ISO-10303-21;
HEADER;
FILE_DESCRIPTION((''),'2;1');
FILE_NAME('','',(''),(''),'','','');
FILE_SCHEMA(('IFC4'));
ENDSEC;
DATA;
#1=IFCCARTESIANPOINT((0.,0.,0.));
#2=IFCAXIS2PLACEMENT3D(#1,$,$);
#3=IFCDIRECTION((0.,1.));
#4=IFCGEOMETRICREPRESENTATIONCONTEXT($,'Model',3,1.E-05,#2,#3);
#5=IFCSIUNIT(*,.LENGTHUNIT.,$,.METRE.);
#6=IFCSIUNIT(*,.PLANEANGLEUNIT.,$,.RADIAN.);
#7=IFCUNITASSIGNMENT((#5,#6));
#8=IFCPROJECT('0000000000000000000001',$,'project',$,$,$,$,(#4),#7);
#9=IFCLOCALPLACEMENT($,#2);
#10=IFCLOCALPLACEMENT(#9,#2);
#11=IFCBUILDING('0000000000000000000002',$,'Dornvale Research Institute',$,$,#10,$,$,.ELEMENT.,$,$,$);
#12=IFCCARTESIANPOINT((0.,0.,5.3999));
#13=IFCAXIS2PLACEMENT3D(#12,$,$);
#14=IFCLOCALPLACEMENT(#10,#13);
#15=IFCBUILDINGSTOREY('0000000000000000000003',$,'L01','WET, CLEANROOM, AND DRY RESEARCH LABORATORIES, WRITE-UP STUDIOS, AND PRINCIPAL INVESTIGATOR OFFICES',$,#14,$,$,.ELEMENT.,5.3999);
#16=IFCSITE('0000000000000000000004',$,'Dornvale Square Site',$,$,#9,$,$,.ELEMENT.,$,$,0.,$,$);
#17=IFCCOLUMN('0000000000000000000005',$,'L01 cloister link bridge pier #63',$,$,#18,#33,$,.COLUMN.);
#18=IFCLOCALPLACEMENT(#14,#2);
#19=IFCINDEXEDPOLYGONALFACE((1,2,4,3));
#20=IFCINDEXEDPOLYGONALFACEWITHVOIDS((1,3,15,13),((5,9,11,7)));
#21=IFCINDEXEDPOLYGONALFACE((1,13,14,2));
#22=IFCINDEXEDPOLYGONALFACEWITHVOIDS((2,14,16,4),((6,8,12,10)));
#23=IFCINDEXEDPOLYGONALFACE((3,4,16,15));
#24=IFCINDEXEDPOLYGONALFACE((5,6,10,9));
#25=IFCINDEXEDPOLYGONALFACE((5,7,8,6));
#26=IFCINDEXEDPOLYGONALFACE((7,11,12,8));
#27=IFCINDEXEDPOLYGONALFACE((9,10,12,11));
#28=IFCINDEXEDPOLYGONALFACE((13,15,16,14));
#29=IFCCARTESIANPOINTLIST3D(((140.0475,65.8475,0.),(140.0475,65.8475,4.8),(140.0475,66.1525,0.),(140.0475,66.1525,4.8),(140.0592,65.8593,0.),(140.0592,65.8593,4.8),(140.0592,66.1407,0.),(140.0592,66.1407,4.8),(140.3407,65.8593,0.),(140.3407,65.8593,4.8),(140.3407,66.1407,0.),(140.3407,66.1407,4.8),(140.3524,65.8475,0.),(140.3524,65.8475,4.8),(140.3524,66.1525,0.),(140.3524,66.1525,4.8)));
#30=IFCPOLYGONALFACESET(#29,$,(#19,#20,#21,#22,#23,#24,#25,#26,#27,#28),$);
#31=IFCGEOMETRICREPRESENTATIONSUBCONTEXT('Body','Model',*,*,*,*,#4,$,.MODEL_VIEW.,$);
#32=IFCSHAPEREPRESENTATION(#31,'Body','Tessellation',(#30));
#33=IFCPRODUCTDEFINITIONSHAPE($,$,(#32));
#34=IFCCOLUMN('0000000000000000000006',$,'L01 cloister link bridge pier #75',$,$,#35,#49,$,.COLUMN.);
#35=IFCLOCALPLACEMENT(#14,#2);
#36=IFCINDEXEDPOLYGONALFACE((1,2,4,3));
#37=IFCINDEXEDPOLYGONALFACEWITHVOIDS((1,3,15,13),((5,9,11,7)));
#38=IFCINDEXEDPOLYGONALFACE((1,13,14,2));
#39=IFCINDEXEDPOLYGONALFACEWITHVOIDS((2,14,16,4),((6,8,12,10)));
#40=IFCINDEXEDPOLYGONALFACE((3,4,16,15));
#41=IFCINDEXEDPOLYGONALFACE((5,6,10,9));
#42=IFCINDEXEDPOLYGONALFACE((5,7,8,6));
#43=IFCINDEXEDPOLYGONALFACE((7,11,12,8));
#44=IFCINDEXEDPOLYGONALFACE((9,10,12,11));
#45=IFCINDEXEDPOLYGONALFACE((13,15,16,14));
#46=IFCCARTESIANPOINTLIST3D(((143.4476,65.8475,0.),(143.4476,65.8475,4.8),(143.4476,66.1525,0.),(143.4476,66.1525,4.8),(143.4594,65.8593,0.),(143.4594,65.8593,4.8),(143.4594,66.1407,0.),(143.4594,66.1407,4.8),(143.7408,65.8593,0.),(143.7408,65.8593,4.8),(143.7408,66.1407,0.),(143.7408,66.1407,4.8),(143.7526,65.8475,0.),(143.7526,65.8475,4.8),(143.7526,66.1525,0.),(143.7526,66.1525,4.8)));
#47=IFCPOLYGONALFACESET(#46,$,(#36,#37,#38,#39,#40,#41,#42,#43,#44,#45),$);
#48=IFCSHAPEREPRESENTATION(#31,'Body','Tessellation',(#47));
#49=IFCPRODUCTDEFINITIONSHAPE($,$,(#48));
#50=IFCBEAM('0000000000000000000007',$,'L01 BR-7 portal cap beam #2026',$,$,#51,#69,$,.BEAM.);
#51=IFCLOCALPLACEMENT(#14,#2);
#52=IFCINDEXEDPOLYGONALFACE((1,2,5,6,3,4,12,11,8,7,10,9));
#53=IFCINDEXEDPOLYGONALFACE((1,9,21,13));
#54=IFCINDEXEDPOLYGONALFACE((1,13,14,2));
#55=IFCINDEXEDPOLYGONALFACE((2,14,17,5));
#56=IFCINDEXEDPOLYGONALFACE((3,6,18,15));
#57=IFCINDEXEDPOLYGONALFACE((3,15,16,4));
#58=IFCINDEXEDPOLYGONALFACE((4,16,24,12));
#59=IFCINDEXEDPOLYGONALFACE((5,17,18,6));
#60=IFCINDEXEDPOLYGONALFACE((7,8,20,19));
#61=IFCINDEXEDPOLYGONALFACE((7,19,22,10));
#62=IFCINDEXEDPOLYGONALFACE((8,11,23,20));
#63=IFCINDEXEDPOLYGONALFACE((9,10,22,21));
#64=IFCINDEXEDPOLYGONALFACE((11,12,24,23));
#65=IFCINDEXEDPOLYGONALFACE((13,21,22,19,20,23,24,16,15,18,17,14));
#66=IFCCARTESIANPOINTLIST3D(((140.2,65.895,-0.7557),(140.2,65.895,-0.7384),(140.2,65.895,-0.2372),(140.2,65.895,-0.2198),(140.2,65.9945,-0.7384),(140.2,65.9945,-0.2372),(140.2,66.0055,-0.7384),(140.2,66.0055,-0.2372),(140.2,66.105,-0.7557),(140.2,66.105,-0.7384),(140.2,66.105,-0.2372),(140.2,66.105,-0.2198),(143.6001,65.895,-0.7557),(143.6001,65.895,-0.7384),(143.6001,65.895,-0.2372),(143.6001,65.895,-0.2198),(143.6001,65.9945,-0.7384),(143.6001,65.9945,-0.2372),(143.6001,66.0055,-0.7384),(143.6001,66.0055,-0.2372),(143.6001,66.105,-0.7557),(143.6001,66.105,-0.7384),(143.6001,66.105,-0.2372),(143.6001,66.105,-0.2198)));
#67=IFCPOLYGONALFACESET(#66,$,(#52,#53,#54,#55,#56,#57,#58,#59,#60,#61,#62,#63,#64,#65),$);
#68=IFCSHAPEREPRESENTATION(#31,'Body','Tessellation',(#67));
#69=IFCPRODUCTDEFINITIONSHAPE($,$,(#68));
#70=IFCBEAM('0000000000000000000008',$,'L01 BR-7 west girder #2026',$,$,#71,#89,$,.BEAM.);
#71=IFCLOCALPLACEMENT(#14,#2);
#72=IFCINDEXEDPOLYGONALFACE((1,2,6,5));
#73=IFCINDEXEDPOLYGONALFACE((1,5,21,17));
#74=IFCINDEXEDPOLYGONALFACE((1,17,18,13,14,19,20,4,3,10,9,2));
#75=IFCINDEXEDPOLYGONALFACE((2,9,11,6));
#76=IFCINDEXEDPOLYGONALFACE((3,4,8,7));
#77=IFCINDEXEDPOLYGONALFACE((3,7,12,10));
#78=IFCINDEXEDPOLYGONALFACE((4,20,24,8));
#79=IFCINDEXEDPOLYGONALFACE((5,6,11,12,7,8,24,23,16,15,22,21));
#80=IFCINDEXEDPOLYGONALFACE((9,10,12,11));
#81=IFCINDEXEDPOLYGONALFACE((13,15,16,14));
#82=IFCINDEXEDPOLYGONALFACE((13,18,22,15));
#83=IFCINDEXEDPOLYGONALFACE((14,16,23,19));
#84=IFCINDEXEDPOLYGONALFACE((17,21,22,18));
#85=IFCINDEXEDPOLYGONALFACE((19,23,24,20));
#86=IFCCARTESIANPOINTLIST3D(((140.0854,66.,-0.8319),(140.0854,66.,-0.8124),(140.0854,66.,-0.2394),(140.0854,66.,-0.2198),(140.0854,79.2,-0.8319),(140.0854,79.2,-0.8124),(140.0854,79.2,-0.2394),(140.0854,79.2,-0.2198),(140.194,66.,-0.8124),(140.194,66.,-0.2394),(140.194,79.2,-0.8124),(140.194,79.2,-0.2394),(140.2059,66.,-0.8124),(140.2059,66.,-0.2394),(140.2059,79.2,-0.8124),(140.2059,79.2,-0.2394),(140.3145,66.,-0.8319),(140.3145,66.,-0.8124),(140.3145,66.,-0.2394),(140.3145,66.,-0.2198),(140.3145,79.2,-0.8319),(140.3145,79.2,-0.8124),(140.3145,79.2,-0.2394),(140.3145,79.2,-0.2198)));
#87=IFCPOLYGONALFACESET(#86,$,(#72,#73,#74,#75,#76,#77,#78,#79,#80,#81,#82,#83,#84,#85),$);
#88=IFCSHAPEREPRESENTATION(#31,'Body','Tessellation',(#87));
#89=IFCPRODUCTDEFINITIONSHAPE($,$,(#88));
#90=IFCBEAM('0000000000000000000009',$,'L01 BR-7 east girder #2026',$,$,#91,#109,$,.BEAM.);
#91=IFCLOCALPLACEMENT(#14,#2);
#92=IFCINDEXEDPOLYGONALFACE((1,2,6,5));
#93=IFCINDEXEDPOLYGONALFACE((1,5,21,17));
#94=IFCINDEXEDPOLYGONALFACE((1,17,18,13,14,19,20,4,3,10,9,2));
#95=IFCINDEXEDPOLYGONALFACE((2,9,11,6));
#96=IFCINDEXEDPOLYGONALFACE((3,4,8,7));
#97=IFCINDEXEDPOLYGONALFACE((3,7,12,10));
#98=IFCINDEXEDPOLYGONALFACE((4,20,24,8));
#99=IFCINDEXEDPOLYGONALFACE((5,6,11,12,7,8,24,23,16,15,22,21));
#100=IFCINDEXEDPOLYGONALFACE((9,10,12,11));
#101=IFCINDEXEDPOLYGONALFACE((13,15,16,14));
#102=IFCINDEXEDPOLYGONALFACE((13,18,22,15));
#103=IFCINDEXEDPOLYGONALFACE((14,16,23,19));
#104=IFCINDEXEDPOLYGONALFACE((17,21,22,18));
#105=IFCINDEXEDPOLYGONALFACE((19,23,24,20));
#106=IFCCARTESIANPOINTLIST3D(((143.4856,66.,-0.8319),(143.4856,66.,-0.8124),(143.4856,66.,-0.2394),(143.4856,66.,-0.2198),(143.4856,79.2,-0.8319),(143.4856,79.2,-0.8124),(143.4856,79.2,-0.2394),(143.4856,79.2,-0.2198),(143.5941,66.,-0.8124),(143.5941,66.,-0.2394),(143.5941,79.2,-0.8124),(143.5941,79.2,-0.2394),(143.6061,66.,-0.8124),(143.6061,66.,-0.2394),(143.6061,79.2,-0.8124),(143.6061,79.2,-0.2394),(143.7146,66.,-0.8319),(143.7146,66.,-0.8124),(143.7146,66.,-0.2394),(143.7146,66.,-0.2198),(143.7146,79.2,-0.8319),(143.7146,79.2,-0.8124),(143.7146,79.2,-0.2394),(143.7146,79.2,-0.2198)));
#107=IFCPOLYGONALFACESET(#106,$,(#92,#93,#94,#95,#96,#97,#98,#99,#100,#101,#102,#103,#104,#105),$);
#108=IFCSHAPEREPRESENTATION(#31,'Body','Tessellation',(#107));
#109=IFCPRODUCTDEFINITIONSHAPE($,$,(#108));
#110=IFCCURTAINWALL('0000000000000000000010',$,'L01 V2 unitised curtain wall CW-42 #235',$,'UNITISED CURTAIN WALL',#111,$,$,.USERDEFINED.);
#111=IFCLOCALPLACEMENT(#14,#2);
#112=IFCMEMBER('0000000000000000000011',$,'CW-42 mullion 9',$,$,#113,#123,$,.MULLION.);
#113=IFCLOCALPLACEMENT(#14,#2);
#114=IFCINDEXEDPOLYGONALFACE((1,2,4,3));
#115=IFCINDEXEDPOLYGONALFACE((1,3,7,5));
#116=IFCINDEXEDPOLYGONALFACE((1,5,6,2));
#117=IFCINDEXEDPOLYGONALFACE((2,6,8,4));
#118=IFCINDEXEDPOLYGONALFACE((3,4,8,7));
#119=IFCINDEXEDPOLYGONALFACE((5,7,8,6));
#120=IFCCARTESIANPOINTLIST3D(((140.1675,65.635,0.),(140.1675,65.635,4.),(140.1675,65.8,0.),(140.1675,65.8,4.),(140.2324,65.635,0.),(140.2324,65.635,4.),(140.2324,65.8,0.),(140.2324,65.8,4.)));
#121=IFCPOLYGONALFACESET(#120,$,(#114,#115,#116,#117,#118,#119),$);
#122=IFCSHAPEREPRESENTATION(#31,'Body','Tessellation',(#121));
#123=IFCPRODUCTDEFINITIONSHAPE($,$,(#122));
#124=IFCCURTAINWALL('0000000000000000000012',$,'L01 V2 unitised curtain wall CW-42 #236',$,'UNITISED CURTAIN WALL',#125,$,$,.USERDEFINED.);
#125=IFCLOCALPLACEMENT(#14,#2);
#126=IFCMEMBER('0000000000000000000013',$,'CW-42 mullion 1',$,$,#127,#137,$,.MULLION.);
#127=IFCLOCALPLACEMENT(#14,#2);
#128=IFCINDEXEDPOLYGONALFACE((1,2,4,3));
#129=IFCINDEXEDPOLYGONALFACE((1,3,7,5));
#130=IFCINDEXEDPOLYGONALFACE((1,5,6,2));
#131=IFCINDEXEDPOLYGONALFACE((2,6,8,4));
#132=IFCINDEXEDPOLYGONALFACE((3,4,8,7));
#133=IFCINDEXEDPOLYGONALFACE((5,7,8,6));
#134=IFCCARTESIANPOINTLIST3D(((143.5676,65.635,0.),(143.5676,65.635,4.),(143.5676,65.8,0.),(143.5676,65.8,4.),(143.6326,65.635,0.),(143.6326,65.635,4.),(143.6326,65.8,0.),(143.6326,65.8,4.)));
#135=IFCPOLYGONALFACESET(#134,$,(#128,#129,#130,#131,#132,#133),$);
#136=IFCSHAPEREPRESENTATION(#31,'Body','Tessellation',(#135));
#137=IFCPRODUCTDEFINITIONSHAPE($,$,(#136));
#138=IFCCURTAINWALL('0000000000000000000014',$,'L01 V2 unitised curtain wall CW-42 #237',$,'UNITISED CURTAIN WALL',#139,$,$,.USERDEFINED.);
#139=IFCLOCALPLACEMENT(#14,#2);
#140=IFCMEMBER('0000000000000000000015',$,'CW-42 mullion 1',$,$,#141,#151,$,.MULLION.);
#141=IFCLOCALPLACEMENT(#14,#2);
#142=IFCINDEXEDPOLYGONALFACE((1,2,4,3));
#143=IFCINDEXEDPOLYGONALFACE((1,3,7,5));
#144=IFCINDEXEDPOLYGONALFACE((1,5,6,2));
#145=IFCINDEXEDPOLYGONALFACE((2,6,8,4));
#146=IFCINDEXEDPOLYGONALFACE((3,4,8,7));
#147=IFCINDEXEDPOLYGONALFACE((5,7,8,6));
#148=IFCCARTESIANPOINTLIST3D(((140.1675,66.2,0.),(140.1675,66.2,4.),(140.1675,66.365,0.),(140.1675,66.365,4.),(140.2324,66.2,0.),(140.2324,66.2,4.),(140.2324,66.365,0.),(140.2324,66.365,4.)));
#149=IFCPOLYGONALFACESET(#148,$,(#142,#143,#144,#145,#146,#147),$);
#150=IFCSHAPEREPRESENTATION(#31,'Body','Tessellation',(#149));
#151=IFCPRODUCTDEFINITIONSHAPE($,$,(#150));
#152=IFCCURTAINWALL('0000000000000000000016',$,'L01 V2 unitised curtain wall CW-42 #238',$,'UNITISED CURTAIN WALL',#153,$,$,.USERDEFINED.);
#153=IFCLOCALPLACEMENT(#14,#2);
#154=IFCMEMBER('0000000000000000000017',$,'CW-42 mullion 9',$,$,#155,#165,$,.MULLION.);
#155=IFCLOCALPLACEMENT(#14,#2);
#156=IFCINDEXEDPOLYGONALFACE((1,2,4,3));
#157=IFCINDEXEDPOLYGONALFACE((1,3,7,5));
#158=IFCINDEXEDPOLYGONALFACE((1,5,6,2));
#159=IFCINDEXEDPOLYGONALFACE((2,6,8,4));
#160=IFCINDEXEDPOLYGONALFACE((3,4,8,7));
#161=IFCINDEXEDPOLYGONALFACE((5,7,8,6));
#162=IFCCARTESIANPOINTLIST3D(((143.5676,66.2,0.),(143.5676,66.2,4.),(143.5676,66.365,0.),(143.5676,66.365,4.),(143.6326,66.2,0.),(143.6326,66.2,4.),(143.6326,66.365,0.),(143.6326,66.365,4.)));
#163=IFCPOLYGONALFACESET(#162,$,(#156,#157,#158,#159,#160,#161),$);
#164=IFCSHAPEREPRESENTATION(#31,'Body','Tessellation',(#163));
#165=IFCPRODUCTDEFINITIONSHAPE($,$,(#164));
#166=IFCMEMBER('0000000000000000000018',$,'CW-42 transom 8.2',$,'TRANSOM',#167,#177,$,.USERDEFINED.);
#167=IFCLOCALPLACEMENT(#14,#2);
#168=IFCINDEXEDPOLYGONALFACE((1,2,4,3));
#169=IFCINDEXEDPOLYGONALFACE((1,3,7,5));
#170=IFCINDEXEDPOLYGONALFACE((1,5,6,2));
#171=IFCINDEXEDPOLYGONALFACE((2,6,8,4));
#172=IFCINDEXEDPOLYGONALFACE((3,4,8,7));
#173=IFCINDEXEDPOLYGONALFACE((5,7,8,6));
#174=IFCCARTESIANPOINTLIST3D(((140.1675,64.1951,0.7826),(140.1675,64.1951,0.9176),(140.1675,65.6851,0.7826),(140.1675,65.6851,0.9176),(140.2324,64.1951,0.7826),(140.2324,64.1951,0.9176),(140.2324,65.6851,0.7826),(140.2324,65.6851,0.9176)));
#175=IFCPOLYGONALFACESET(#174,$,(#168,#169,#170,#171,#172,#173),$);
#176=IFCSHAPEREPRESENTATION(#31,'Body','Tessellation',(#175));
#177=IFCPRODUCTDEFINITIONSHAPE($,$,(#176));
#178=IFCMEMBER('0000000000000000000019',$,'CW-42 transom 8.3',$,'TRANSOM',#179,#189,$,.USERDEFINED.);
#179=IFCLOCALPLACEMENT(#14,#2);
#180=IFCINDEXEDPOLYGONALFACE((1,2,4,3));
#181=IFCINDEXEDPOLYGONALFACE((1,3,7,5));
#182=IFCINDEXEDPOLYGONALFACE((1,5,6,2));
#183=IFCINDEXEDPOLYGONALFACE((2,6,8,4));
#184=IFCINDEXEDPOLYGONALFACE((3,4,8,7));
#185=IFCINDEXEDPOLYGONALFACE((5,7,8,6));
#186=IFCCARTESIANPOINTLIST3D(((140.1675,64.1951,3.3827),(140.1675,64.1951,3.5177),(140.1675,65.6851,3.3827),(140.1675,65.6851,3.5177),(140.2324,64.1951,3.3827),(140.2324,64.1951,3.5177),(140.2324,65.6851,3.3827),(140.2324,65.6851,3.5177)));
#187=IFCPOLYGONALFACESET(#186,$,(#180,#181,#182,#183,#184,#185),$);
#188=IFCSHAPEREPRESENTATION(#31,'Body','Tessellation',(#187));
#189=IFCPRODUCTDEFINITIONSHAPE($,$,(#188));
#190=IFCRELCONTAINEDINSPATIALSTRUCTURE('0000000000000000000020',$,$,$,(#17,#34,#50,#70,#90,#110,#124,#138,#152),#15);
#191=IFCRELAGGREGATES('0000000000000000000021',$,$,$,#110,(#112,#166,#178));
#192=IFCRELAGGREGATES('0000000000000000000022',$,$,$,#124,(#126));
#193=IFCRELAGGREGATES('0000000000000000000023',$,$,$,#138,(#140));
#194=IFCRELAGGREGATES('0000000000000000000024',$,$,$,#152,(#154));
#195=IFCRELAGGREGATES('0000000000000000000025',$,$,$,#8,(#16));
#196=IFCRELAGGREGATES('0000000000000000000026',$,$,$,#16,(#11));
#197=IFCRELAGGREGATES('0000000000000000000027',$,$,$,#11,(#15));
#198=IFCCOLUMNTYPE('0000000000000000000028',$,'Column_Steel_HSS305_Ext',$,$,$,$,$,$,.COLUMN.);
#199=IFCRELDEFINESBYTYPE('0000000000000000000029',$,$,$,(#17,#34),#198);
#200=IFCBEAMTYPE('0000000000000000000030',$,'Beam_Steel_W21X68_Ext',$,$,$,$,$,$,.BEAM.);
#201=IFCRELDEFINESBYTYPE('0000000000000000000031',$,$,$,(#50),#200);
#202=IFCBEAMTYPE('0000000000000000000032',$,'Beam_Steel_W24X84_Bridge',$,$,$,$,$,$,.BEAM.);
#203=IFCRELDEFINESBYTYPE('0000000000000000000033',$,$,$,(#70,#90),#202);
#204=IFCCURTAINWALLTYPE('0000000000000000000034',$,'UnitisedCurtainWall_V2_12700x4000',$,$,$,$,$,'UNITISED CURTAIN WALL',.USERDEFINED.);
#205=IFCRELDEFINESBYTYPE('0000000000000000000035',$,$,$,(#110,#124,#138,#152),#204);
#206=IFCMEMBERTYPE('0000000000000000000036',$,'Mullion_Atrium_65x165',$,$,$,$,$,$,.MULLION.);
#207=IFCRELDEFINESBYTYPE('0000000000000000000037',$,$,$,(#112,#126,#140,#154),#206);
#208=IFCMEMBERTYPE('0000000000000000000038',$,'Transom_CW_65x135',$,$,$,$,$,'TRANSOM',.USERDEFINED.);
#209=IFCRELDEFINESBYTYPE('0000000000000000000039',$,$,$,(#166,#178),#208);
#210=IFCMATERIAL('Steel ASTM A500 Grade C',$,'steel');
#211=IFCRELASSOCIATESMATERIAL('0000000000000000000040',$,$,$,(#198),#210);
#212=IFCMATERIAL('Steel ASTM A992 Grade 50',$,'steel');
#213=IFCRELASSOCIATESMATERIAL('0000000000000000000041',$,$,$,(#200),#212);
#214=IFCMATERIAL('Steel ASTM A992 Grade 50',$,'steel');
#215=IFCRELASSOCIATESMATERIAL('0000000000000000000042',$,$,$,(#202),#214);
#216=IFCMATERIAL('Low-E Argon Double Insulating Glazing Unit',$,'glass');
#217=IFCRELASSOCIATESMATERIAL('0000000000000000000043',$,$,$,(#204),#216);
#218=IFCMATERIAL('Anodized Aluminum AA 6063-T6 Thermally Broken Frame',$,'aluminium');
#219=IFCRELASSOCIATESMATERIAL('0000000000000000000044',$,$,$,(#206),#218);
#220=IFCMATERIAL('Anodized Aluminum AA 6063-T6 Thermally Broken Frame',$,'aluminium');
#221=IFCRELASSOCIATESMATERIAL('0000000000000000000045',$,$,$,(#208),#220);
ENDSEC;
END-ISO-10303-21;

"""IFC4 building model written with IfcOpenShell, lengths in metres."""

from ifc_helpers import new_model, si_unit, direction, frame, origin, origin_2d, place, context, subcontext, project, spatial, rectangle, hollow_rectangle, i_section, extrude, material, material_profile, profile_set, type_object, element, aggregate, save


model = new_model("IFC4")

# Units and contexts
model_context = context("Model", 3, precision=1e-05, world=origin(), true_north=direction((0.0, 1.0)))
body_context = subcontext(model_context, "Body", "Model", "MODEL_VIEW")
ifc_project = project(units=[si_unit("LENGTHUNIT", "METRE"), si_unit("PLANEANGLEUNIT", "RADIAN")], contexts=[model_context])

# Site, building, storey
site_placement = place(None, origin())
site = spatial("IfcSite", under=ifc_project, at=site_placement, Name="Dornvale Square Site", CompositionType="ELEMENT", RefElevation=0.0)
building_placement = place(site_placement, origin())
building = spatial("IfcBuilding", under=site, at=building_placement, Name="Dornvale Research Institute", CompositionType="ELEMENT")
storey_placement = place(building_placement, frame((0.0, 0.0, 5.3999)))
storey = spatial("IfcBuildingStorey", under=building, at=storey_placement, Name="L01", Description="WET, CLEANROOM, AND DRY RESEARCH LABORATORIES, WRITE-UP STUDIOS, AND PRINCIPAL INVESTIGATOR OFFICES", CompositionType="ELEMENT", Elevation=5.3999)

# Columns
ifc_material_1 = material(Name="Steel ASTM A500 Grade C", Category="steel")
ifc_material_profile_1 = material_profile(ifc_material_1, hollow_rectangle(XDim=0.3049, YDim=0.3049, WallThickness=0.0117, at=origin_2d()), Name="HSS305X305X12.7")
ifc_profile_set_1 = profile_set([ifc_material_profile_1], Name="Steel ASTM A500 Grade C")
column_type = type_object("IfcColumnType", Name="Column_Steel_HSS305_Ext", PredefinedType="COLUMN", material=ifc_profile_set_1)
for number, where, z_axis, x_axis, name in (
    (1, (140.2, 66.0, 0.0), (0.0, 0.0, 1.0), (1.0, 0.0, 0.0), "L01 cloister link bridge pier #63"),
    (2, (143.6001, 66.0, 0.0), (0.0, 0.0, 1.0), (1.0, 0.0, 0.0), "L01 cloister link bridge pier #75"),
):
    element("IfcColumn", number, at=place(storey_placement, frame(where, z_axis=z_axis, x_axis=x_axis)), inside=storey, type_object=column_type, Name=name, PredefinedType="COLUMN", context=body_context, shape_type="SweptSolid", body=[
        extrude(hollow_rectangle(XDim=0.3049, YDim=0.3049, WallThickness=0.0117, at=origin_2d()), origin(), (0.0, 0.0, 1.0), 4.8),
    ])

# Beams
ifc_material_2 = material(Name="Steel ASTM A992 Grade 50", Category="steel")
ifc_material_profile_2 = material_profile(ifc_material_2, i_section(OverallWidth=0.21, OverallDepth=0.5359, WebThickness=0.011, FlangeThickness=0.0173, at=origin_2d()), Name="W21X68")
ifc_profile_set_2 = profile_set([ifc_material_profile_2], Name="Steel ASTM A992 Grade 50")
beam_type_1 = type_object("IfcBeamType", Name="Beam_Steel_W21X68_Ext", PredefinedType="BEAM", material=ifc_profile_set_2)
beam_placement = place(storey_placement, frame((140.2, 66.0, -0.4878), z_axis=(1.0, 0.0, 0.0), x_axis=(0.0, 1.0, 0.0)))
element("IfcBeam", 3, at=beam_placement, inside=storey, type_object=beam_type_1, Name="L01 BR-7 portal cap beam #2026", PredefinedType="BEAM", context=body_context, shape_type="SweptSolid", body=[
    extrude(i_section(OverallWidth=0.21, OverallDepth=0.5359, WebThickness=0.011, FlangeThickness=0.0173, at=origin_2d()), origin(), (0.0, 0.0, 1.0), 3.4001),
])
ifc_material_3 = material(Name="Steel ASTM A992 Grade 50", Category="steel")
ifc_material_profile_3 = material_profile(ifc_material_3, i_section(OverallWidth=0.229, OverallDepth=0.6121, WebThickness=0.012, FlangeThickness=0.0195, at=origin_2d()), Name="W24X84")
ifc_profile_set_3 = profile_set([ifc_material_profile_3], Name="Steel ASTM A992 Grade 50")
beam_type_2 = type_object("IfcBeamType", Name="Beam_Steel_W24X84_Bridge", PredefinedType="BEAM", material=ifc_profile_set_3)
for number, where, z_axis, x_axis, name in (
    (4, (140.2, 66.0, -0.5259), (0.0, 1.0, 0.0), (-1.0, 0.0, 0.0), "L01 BR-7 west girder #2026"),
    (5, (143.6001, 66.0, -0.5259), (0.0, 1.0, 0.0), (-1.0, 0.0, 0.0), "L01 BR-7 east girder #2026"),
):
    element("IfcBeam", number, at=place(storey_placement, frame(where, z_axis=z_axis, x_axis=x_axis)), inside=storey, type_object=beam_type_2, Name=name, PredefinedType="BEAM", context=body_context, shape_type="SweptSolid", body=[
        extrude(i_section(OverallWidth=0.229, OverallDepth=0.6121, WebThickness=0.012, FlangeThickness=0.0195, at=origin_2d()), origin(), (0.0, 0.0, 1.0), 13.2),
    ])

# Curtain walls, members
ifc_material_4 = material(Name="Low-E Argon Double Insulating Glazing Unit", Category="glass")
curtain_wall_type = type_object("IfcCurtainWallType", Name="UnitisedCurtainWall_V2_12700x4000", ElementType="UNITISED CURTAIN WALL", PredefinedType="USERDEFINED", material=ifc_material_4)
curtain_wall_1_placement = place(storey_placement, origin())
curtain_wall_1 = element("IfcCurtainWall", 6, at=curtain_wall_1_placement, inside=storey, type_object=curtain_wall_type, Name="L01 V2 unitised curtain wall CW-42 #235", ObjectType="UNITISED CURTAIN WALL", PredefinedType="USERDEFINED")
ifc_material_5 = material(Name="Anodized Aluminum AA 6063-T6 Thermally Broken Frame", Category="aluminium")
ifc_material_profile_4 = material_profile(ifc_material_5, rectangle(XDim=0.0649, YDim=0.165, at=origin_2d()), Name="ALU MULLION 65x165")
ifc_profile_set_4 = profile_set([ifc_material_profile_4], Name="Anodized Aluminum AA 6063-T6 Thermally Broken Frame")
member_type_1 = type_object("IfcMemberType", Name="Mullion_Atrium_65x165", PredefinedType="MULLION", material=ifc_profile_set_4)
member_1_placement = place(storey_placement, frame((140.2, 65.7175, 0.0), z_axis=(0.0, 0.0, 1.0), x_axis=(-1.0, 0.0, 0.0)))
member_1 = element("IfcMember", 7, at=member_1_placement, type_object=member_type_1, Name="CW-42 mullion 9", PredefinedType="MULLION", context=body_context, shape_type="SweptSolid", body=[
    extrude(rectangle(XDim=0.0649, YDim=0.165, at=origin_2d()), origin(), (0.0, 0.0, 1.0), 4.0),
])
curtain_wall_2_placement = place(storey_placement, origin())
curtain_wall_2 = element("IfcCurtainWall", 8, at=curtain_wall_2_placement, inside=storey, type_object=curtain_wall_type, Name="L01 V2 unitised curtain wall CW-42 #236", ObjectType="UNITISED CURTAIN WALL", PredefinedType="USERDEFINED")
member_2_placement = place(storey_placement, frame((143.6001, 65.7175, 0.0), z_axis=(0.0, 0.0, 1.0), x_axis=(1.0, 0.0, 0.0)))
member_2 = element("IfcMember", 9, at=member_2_placement, type_object=member_type_1, Name="CW-42 mullion 1", PredefinedType="MULLION", context=body_context, shape_type="SweptSolid", body=[
    extrude(rectangle(XDim=0.0649, YDim=0.165, at=origin_2d()), origin(), (0.0, 0.0, 1.0), 4.0),
])
curtain_wall_3_placement = place(storey_placement, origin())
curtain_wall_3 = element("IfcCurtainWall", 10, at=curtain_wall_3_placement, inside=storey, type_object=curtain_wall_type, Name="L01 V2 unitised curtain wall CW-42 #237", ObjectType="UNITISED CURTAIN WALL", PredefinedType="USERDEFINED")
member_3_placement = place(storey_placement, frame((140.2, 66.2825, 0.0), z_axis=(0.0, 0.0, 1.0), x_axis=(-1.0, 0.0, 0.0)))
member_3 = element("IfcMember", 11, at=member_3_placement, type_object=member_type_1, Name="CW-42 mullion 1", PredefinedType="MULLION", context=body_context, shape_type="SweptSolid", body=[
    extrude(rectangle(XDim=0.0649, YDim=0.165, at=origin_2d()), origin(), (0.0, 0.0, 1.0), 4.0),
])
curtain_wall_4_placement = place(storey_placement, origin())
curtain_wall_4 = element("IfcCurtainWall", 12, at=curtain_wall_4_placement, inside=storey, type_object=curtain_wall_type, Name="L01 V2 unitised curtain wall CW-42 #238", ObjectType="UNITISED CURTAIN WALL", PredefinedType="USERDEFINED")
member_4_placement = place(storey_placement, frame((143.6001, 66.2825, 0.0), z_axis=(0.0, 0.0, 1.0), x_axis=(1.0, 0.0, 0.0)))
member_4 = element("IfcMember", 13, at=member_4_placement, type_object=member_type_1, Name="CW-42 mullion 9", PredefinedType="MULLION", context=body_context, shape_type="SweptSolid", body=[
    extrude(rectangle(XDim=0.0649, YDim=0.165, at=origin_2d()), origin(), (0.0, 0.0, 1.0), 4.0),
])

# Members
ifc_material_6 = material(Name="Anodized Aluminum AA 6063-T6 Thermally Broken Frame", Category="aluminium")
ifc_material_profile_5 = material_profile(ifc_material_6, rectangle(XDim=0.0649, YDim=0.135, at=origin_2d()), Name="ALU TRANSOM 65x135")
ifc_profile_set_5 = profile_set([ifc_material_profile_5], Name="Anodized Aluminum AA 6063-T6 Thermally Broken Frame")
member_type_2 = type_object("IfcMemberType", Name="Transom_CW_65x135", ElementType="TRANSOM", PredefinedType="USERDEFINED", material=ifc_profile_set_5)
member_5_placement = place(storey_placement, frame((140.2, 64.1951, 0.8501), z_axis=(0.0, 1.0, 0.0), x_axis=(-1.0, 0.0, 0.0)))
member_5 = element("IfcMember", 14, at=member_5_placement, type_object=member_type_2, Name="CW-42 transom 8.2", ObjectType="TRANSOM", PredefinedType="USERDEFINED", context=body_context, shape_type="SweptSolid", body=[
    extrude(rectangle(XDim=0.0649, YDim=0.135, at=origin_2d()), origin(), (0.0, 0.0, 1.0), 1.49),
])
member_6_placement = place(storey_placement, frame((140.2, 64.1951, 3.4502), z_axis=(0.0, 1.0, 0.0), x_axis=(-1.0, 0.0, 0.0)))
member_6 = element("IfcMember", 15, at=member_6_placement, type_object=member_type_2, Name="CW-42 transom 8.3", ObjectType="TRANSOM", PredefinedType="USERDEFINED", context=body_context, shape_type="SweptSolid", body=[
    extrude(rectangle(XDim=0.0649, YDim=0.135, at=origin_2d()), origin(), (0.0, 0.0, 1.0), 1.49),
])

aggregate(curtain_wall_1, [member_1, member_5, member_6])
aggregate(curtain_wall_2, [member_2])
aggregate(curtain_wall_3, [member_3])
aggregate(curtain_wall_4, [member_4])

save(model, "model.ifc")
